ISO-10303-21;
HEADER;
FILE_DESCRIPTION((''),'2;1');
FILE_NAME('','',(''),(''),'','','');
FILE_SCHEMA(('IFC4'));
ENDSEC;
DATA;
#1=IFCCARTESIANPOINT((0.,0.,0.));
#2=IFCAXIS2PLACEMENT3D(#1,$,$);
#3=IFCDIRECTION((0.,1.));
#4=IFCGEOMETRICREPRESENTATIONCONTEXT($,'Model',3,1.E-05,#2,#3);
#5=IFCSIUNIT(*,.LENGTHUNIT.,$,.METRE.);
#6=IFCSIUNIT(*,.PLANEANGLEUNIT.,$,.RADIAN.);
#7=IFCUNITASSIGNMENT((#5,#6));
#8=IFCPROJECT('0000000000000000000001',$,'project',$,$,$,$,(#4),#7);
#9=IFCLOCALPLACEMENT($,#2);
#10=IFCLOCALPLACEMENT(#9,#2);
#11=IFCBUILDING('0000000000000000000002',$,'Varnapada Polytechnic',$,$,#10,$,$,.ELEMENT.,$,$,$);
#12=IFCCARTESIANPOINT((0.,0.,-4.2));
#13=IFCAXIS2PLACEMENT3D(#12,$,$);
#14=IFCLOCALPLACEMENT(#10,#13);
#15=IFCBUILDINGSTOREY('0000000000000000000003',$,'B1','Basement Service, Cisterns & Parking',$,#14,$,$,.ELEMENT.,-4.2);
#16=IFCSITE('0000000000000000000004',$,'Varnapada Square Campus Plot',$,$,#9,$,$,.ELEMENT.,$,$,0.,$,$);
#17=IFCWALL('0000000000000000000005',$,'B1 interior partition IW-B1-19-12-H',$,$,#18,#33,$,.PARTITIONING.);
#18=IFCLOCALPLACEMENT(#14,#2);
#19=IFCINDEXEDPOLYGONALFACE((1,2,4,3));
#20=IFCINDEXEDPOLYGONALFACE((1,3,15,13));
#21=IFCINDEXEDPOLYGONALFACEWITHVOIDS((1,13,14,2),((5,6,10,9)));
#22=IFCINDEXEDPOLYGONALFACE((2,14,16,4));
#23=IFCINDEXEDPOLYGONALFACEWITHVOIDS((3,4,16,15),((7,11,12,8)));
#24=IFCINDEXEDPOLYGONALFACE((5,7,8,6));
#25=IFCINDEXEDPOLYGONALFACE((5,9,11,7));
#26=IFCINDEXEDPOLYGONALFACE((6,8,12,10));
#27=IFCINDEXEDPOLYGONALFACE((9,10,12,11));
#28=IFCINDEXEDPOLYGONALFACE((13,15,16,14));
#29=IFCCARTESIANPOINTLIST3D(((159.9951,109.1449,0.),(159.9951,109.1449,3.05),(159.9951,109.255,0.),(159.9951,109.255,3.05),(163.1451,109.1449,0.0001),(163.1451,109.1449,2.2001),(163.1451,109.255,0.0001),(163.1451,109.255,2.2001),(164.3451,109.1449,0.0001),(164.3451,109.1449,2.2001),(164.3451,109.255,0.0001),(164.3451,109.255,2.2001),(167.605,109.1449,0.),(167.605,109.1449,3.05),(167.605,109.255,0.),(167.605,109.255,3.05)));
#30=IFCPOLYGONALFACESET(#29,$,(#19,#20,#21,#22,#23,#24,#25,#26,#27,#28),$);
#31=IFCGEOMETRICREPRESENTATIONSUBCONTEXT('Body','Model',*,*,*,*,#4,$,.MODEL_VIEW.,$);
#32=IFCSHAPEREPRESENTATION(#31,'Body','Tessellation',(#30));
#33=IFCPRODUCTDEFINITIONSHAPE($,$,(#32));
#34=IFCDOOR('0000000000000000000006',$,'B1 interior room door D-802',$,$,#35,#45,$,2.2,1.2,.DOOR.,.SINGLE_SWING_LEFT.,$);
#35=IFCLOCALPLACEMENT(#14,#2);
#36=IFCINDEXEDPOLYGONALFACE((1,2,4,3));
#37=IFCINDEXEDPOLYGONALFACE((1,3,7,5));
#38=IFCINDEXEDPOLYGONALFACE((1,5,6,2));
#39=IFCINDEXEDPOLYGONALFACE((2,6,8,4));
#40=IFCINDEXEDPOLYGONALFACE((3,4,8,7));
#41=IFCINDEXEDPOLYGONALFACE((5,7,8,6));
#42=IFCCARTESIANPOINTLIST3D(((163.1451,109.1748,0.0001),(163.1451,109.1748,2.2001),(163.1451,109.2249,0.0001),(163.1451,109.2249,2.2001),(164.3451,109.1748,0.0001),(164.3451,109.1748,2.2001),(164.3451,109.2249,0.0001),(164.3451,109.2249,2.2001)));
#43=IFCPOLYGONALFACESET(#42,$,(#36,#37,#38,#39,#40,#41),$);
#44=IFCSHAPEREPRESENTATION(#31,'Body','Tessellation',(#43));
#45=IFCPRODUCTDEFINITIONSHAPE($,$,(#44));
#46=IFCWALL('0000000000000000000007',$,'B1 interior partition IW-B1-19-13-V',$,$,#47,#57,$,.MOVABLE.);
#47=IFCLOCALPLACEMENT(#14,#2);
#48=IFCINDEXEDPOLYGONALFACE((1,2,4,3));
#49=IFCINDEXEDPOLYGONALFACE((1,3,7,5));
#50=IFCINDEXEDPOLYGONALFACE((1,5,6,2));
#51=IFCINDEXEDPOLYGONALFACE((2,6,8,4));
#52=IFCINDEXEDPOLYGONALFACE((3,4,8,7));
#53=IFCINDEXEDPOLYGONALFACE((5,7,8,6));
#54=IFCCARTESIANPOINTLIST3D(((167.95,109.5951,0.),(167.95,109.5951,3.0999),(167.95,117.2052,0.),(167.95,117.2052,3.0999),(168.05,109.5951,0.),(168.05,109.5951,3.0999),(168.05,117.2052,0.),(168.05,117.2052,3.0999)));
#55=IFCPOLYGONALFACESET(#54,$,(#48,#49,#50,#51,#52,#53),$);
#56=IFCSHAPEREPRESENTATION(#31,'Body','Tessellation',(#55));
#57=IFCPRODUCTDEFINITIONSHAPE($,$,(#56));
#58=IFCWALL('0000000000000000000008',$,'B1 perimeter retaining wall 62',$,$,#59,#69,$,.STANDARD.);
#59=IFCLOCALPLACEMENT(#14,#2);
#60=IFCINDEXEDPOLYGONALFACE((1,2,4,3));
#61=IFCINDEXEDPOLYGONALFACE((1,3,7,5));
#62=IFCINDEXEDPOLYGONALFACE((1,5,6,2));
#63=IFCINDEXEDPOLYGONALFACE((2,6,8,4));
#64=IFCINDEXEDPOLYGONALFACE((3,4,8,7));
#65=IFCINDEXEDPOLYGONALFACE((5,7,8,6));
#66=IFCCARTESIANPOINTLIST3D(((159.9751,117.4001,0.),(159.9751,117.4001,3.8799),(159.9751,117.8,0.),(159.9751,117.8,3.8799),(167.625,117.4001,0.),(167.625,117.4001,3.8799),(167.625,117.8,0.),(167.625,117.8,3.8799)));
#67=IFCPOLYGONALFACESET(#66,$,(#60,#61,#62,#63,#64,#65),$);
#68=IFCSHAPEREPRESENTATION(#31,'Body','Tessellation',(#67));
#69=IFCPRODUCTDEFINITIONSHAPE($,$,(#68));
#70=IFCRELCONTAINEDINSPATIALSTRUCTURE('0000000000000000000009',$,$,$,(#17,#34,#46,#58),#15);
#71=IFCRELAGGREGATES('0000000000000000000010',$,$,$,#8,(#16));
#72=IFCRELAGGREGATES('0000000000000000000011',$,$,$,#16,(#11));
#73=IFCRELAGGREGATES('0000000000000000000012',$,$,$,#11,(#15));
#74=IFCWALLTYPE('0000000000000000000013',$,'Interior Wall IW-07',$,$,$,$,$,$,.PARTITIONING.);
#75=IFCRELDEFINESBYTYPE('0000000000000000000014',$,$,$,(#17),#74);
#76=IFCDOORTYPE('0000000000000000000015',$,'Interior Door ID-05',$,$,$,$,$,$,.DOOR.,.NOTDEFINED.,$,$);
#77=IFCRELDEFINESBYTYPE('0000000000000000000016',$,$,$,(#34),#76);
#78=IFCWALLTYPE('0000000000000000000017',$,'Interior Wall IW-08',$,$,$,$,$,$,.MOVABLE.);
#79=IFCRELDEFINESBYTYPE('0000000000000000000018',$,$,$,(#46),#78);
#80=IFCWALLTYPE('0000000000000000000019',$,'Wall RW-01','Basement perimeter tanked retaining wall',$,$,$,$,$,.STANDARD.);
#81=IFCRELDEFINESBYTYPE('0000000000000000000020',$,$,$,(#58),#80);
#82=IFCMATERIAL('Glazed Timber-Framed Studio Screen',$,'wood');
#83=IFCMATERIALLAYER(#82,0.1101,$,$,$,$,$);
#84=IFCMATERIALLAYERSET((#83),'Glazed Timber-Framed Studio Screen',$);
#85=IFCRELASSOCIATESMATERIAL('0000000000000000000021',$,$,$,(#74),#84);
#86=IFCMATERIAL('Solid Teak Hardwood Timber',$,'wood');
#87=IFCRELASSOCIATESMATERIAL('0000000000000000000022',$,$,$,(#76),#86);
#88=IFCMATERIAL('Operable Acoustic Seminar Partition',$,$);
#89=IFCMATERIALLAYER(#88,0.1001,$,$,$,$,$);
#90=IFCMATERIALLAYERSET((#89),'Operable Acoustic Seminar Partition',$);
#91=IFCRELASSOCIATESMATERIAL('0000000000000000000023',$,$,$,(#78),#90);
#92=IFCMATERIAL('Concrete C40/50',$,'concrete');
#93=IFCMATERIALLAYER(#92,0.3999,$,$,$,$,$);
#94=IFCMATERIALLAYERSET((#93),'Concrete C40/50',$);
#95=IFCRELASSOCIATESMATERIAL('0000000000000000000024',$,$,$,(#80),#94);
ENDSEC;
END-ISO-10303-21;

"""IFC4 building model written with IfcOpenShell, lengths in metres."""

from ifc_helpers import new_model, si_unit, direction, frame, frame_2d, origin, place, context, subcontext, project, spatial, rectangle, extrude, material, layer, layer_set, type_object, element, fill, save


model = new_model("IFC4")

# Units and contexts
model_context = context("Model", 3, precision=1e-05, world=origin(), true_north=direction((0.0, 1.0)))
body_context = subcontext(model_context, "Body", "Model", "MODEL_VIEW")
ifc_project = project(units=[si_unit("LENGTHUNIT", "METRE"), si_unit("PLANEANGLEUNIT", "RADIAN")], contexts=[model_context])

# Site, building, storey
site_placement = place(None, origin())
site = spatial("IfcSite", under=ifc_project, at=site_placement, Name="Varnapada Square Campus Plot", CompositionType="ELEMENT", RefElevation=0.0)
building_placement = place(site_placement, origin())
building = spatial("IfcBuilding", under=site, at=building_placement, Name="Varnapada Polytechnic", CompositionType="ELEMENT")
storey_placement = place(building_placement, frame((0.0, 0.0, -4.2)))
storey = spatial("IfcBuildingStorey", under=building, at=storey_placement, Name="B1", Description="Basement Service, Cisterns & Parking", CompositionType="ELEMENT", Elevation=-4.2)

# Shared definitions
ifc_material_1 = material(Name="Concrete C40/50", Category="concrete")

# Wall, opening, door
ifc_material_2 = material(Name="Glazed Timber-Framed Studio Screen", Category="wood")
ifc_layer_1 = layer(ifc_material_2, 0.1101)
ifc_layer_set_1 = layer_set([ifc_layer_1], Name="Glazed Timber-Framed Studio Screen")
wall_type_1 = type_object("IfcWallType", Name="Interior Wall IW-07", PredefinedType="PARTITIONING", material=ifc_layer_set_1)
wall_1_placement = place(storey_placement, frame((159.9951, 109.2, 0.0), z_axis=(0.0, 0.0, 1.0), x_axis=(1.0, 0.0, 0.0)))
wall_1 = element("IfcWall", 1, at=wall_1_placement, inside=storey, type_object=wall_type_1, Name="B1 interior partition IW-B1-19-12-H", PredefinedType="PARTITIONING", context=body_context, shape_type="SweptSolid", body=[
    extrude(rectangle(XDim=7.6099, YDim=0.1101, at=frame_2d((3.8049, 0.0))), origin(), (0.0, 0.0, 1.0), 3.05),
])
opening_placement = place(wall_1_placement, frame((3.1499, 0.0, 0.0)))
opening = element("IfcOpeningElement", 2, at=opening_placement, cuts=wall_1, PredefinedType="OPENING", context=body_context, shape_type="SweptSolid", body=[
    extrude(rectangle(XDim=1.2, YDim=2.2, at=frame_2d((0.6001, 1.1001))), frame((0.0, 0.0649, 0.0), z_axis=(0.0, -1.0, 0.0), x_axis=(1.0, 0.0, 0.0)), (0.0, 0.0, 1.0), 0.1301),
])
ifc_material_3 = material(Name="Solid Teak Hardwood Timber", Category="wood")
door_type = type_object("IfcDoorType", Name="Interior Door ID-05", OperationType="NOTDEFINED", PredefinedType="DOOR", material=ifc_material_3)
door_placement = place(opening_placement, origin())
door = element("IfcDoor", 3, at=door_placement, inside=storey, type_object=door_type, Name="B1 interior room door D-802", OperationType="SINGLE_SWING_LEFT", OverallHeight=2.2, OverallWidth=1.2, PredefinedType="DOOR", context=body_context, shape_type="SweptSolid", body=[
    extrude(rectangle(XDim=1.2, YDim=2.2, at=frame_2d((0.6001, 1.1001))), frame((0.0, 0.0249, 0.0), z_axis=(0.0, -1.0, 0.0), x_axis=(1.0, 0.0, 0.0)), (0.0, 0.0, 1.0), 0.05),
])
fill(opening, door)

# Walls
ifc_material_4 = material(Name="Operable Acoustic Seminar Partition")
ifc_layer_2 = layer(ifc_material_4, 0.1001)
ifc_layer_set_2 = layer_set([ifc_layer_2], Name="Operable Acoustic Seminar Partition")
wall_type_2 = type_object("IfcWallType", Name="Interior Wall IW-08", PredefinedType="MOVABLE", material=ifc_layer_set_2)
wall_2_placement = place(storey_placement, frame((168.0, 109.595, 0.0), z_axis=(0.0, 0.0, 1.0), x_axis=(0.0, 1.0, 0.0)))
element("IfcWall", 4, at=wall_2_placement, inside=storey, type_object=wall_type_2, Name="B1 interior partition IW-B1-19-13-V", PredefinedType="MOVABLE", context=body_context, shape_type="SweptSolid", body=[
    extrude(rectangle(XDim=7.6101, YDim=0.1001, at=frame_2d((3.8052, 0.0))), origin(), (0.0, 0.0, 1.0), 3.0999),
])
ifc_layer_3 = layer(ifc_material_1, 0.3999)
ifc_layer_set_3 = layer_set([ifc_layer_3], Name="Concrete C40/50")
wall_type_3 = type_object("IfcWallType", Name="Wall RW-01", Description="Basement perimeter tanked retaining wall", PredefinedType="STANDARD", material=ifc_layer_set_3)
wall_3_placement = place(storey_placement, frame((159.9751, 117.6001, 0.0), z_axis=(0.0, 0.0, 1.0), x_axis=(1.0, 0.0, 0.0)))
element("IfcWall", 5, at=wall_3_placement, inside=storey, type_object=wall_type_3, Name="B1 perimeter retaining wall 62", PredefinedType="STANDARD", context=body_context, shape_type="SweptSolid", body=[
    extrude(rectangle(XDim=7.6499, YDim=0.3999, at=frame_2d((3.825, 0.0))), origin(), (0.0, 0.0, 1.0), 3.8799),
])

save(model, "model.ifc")
